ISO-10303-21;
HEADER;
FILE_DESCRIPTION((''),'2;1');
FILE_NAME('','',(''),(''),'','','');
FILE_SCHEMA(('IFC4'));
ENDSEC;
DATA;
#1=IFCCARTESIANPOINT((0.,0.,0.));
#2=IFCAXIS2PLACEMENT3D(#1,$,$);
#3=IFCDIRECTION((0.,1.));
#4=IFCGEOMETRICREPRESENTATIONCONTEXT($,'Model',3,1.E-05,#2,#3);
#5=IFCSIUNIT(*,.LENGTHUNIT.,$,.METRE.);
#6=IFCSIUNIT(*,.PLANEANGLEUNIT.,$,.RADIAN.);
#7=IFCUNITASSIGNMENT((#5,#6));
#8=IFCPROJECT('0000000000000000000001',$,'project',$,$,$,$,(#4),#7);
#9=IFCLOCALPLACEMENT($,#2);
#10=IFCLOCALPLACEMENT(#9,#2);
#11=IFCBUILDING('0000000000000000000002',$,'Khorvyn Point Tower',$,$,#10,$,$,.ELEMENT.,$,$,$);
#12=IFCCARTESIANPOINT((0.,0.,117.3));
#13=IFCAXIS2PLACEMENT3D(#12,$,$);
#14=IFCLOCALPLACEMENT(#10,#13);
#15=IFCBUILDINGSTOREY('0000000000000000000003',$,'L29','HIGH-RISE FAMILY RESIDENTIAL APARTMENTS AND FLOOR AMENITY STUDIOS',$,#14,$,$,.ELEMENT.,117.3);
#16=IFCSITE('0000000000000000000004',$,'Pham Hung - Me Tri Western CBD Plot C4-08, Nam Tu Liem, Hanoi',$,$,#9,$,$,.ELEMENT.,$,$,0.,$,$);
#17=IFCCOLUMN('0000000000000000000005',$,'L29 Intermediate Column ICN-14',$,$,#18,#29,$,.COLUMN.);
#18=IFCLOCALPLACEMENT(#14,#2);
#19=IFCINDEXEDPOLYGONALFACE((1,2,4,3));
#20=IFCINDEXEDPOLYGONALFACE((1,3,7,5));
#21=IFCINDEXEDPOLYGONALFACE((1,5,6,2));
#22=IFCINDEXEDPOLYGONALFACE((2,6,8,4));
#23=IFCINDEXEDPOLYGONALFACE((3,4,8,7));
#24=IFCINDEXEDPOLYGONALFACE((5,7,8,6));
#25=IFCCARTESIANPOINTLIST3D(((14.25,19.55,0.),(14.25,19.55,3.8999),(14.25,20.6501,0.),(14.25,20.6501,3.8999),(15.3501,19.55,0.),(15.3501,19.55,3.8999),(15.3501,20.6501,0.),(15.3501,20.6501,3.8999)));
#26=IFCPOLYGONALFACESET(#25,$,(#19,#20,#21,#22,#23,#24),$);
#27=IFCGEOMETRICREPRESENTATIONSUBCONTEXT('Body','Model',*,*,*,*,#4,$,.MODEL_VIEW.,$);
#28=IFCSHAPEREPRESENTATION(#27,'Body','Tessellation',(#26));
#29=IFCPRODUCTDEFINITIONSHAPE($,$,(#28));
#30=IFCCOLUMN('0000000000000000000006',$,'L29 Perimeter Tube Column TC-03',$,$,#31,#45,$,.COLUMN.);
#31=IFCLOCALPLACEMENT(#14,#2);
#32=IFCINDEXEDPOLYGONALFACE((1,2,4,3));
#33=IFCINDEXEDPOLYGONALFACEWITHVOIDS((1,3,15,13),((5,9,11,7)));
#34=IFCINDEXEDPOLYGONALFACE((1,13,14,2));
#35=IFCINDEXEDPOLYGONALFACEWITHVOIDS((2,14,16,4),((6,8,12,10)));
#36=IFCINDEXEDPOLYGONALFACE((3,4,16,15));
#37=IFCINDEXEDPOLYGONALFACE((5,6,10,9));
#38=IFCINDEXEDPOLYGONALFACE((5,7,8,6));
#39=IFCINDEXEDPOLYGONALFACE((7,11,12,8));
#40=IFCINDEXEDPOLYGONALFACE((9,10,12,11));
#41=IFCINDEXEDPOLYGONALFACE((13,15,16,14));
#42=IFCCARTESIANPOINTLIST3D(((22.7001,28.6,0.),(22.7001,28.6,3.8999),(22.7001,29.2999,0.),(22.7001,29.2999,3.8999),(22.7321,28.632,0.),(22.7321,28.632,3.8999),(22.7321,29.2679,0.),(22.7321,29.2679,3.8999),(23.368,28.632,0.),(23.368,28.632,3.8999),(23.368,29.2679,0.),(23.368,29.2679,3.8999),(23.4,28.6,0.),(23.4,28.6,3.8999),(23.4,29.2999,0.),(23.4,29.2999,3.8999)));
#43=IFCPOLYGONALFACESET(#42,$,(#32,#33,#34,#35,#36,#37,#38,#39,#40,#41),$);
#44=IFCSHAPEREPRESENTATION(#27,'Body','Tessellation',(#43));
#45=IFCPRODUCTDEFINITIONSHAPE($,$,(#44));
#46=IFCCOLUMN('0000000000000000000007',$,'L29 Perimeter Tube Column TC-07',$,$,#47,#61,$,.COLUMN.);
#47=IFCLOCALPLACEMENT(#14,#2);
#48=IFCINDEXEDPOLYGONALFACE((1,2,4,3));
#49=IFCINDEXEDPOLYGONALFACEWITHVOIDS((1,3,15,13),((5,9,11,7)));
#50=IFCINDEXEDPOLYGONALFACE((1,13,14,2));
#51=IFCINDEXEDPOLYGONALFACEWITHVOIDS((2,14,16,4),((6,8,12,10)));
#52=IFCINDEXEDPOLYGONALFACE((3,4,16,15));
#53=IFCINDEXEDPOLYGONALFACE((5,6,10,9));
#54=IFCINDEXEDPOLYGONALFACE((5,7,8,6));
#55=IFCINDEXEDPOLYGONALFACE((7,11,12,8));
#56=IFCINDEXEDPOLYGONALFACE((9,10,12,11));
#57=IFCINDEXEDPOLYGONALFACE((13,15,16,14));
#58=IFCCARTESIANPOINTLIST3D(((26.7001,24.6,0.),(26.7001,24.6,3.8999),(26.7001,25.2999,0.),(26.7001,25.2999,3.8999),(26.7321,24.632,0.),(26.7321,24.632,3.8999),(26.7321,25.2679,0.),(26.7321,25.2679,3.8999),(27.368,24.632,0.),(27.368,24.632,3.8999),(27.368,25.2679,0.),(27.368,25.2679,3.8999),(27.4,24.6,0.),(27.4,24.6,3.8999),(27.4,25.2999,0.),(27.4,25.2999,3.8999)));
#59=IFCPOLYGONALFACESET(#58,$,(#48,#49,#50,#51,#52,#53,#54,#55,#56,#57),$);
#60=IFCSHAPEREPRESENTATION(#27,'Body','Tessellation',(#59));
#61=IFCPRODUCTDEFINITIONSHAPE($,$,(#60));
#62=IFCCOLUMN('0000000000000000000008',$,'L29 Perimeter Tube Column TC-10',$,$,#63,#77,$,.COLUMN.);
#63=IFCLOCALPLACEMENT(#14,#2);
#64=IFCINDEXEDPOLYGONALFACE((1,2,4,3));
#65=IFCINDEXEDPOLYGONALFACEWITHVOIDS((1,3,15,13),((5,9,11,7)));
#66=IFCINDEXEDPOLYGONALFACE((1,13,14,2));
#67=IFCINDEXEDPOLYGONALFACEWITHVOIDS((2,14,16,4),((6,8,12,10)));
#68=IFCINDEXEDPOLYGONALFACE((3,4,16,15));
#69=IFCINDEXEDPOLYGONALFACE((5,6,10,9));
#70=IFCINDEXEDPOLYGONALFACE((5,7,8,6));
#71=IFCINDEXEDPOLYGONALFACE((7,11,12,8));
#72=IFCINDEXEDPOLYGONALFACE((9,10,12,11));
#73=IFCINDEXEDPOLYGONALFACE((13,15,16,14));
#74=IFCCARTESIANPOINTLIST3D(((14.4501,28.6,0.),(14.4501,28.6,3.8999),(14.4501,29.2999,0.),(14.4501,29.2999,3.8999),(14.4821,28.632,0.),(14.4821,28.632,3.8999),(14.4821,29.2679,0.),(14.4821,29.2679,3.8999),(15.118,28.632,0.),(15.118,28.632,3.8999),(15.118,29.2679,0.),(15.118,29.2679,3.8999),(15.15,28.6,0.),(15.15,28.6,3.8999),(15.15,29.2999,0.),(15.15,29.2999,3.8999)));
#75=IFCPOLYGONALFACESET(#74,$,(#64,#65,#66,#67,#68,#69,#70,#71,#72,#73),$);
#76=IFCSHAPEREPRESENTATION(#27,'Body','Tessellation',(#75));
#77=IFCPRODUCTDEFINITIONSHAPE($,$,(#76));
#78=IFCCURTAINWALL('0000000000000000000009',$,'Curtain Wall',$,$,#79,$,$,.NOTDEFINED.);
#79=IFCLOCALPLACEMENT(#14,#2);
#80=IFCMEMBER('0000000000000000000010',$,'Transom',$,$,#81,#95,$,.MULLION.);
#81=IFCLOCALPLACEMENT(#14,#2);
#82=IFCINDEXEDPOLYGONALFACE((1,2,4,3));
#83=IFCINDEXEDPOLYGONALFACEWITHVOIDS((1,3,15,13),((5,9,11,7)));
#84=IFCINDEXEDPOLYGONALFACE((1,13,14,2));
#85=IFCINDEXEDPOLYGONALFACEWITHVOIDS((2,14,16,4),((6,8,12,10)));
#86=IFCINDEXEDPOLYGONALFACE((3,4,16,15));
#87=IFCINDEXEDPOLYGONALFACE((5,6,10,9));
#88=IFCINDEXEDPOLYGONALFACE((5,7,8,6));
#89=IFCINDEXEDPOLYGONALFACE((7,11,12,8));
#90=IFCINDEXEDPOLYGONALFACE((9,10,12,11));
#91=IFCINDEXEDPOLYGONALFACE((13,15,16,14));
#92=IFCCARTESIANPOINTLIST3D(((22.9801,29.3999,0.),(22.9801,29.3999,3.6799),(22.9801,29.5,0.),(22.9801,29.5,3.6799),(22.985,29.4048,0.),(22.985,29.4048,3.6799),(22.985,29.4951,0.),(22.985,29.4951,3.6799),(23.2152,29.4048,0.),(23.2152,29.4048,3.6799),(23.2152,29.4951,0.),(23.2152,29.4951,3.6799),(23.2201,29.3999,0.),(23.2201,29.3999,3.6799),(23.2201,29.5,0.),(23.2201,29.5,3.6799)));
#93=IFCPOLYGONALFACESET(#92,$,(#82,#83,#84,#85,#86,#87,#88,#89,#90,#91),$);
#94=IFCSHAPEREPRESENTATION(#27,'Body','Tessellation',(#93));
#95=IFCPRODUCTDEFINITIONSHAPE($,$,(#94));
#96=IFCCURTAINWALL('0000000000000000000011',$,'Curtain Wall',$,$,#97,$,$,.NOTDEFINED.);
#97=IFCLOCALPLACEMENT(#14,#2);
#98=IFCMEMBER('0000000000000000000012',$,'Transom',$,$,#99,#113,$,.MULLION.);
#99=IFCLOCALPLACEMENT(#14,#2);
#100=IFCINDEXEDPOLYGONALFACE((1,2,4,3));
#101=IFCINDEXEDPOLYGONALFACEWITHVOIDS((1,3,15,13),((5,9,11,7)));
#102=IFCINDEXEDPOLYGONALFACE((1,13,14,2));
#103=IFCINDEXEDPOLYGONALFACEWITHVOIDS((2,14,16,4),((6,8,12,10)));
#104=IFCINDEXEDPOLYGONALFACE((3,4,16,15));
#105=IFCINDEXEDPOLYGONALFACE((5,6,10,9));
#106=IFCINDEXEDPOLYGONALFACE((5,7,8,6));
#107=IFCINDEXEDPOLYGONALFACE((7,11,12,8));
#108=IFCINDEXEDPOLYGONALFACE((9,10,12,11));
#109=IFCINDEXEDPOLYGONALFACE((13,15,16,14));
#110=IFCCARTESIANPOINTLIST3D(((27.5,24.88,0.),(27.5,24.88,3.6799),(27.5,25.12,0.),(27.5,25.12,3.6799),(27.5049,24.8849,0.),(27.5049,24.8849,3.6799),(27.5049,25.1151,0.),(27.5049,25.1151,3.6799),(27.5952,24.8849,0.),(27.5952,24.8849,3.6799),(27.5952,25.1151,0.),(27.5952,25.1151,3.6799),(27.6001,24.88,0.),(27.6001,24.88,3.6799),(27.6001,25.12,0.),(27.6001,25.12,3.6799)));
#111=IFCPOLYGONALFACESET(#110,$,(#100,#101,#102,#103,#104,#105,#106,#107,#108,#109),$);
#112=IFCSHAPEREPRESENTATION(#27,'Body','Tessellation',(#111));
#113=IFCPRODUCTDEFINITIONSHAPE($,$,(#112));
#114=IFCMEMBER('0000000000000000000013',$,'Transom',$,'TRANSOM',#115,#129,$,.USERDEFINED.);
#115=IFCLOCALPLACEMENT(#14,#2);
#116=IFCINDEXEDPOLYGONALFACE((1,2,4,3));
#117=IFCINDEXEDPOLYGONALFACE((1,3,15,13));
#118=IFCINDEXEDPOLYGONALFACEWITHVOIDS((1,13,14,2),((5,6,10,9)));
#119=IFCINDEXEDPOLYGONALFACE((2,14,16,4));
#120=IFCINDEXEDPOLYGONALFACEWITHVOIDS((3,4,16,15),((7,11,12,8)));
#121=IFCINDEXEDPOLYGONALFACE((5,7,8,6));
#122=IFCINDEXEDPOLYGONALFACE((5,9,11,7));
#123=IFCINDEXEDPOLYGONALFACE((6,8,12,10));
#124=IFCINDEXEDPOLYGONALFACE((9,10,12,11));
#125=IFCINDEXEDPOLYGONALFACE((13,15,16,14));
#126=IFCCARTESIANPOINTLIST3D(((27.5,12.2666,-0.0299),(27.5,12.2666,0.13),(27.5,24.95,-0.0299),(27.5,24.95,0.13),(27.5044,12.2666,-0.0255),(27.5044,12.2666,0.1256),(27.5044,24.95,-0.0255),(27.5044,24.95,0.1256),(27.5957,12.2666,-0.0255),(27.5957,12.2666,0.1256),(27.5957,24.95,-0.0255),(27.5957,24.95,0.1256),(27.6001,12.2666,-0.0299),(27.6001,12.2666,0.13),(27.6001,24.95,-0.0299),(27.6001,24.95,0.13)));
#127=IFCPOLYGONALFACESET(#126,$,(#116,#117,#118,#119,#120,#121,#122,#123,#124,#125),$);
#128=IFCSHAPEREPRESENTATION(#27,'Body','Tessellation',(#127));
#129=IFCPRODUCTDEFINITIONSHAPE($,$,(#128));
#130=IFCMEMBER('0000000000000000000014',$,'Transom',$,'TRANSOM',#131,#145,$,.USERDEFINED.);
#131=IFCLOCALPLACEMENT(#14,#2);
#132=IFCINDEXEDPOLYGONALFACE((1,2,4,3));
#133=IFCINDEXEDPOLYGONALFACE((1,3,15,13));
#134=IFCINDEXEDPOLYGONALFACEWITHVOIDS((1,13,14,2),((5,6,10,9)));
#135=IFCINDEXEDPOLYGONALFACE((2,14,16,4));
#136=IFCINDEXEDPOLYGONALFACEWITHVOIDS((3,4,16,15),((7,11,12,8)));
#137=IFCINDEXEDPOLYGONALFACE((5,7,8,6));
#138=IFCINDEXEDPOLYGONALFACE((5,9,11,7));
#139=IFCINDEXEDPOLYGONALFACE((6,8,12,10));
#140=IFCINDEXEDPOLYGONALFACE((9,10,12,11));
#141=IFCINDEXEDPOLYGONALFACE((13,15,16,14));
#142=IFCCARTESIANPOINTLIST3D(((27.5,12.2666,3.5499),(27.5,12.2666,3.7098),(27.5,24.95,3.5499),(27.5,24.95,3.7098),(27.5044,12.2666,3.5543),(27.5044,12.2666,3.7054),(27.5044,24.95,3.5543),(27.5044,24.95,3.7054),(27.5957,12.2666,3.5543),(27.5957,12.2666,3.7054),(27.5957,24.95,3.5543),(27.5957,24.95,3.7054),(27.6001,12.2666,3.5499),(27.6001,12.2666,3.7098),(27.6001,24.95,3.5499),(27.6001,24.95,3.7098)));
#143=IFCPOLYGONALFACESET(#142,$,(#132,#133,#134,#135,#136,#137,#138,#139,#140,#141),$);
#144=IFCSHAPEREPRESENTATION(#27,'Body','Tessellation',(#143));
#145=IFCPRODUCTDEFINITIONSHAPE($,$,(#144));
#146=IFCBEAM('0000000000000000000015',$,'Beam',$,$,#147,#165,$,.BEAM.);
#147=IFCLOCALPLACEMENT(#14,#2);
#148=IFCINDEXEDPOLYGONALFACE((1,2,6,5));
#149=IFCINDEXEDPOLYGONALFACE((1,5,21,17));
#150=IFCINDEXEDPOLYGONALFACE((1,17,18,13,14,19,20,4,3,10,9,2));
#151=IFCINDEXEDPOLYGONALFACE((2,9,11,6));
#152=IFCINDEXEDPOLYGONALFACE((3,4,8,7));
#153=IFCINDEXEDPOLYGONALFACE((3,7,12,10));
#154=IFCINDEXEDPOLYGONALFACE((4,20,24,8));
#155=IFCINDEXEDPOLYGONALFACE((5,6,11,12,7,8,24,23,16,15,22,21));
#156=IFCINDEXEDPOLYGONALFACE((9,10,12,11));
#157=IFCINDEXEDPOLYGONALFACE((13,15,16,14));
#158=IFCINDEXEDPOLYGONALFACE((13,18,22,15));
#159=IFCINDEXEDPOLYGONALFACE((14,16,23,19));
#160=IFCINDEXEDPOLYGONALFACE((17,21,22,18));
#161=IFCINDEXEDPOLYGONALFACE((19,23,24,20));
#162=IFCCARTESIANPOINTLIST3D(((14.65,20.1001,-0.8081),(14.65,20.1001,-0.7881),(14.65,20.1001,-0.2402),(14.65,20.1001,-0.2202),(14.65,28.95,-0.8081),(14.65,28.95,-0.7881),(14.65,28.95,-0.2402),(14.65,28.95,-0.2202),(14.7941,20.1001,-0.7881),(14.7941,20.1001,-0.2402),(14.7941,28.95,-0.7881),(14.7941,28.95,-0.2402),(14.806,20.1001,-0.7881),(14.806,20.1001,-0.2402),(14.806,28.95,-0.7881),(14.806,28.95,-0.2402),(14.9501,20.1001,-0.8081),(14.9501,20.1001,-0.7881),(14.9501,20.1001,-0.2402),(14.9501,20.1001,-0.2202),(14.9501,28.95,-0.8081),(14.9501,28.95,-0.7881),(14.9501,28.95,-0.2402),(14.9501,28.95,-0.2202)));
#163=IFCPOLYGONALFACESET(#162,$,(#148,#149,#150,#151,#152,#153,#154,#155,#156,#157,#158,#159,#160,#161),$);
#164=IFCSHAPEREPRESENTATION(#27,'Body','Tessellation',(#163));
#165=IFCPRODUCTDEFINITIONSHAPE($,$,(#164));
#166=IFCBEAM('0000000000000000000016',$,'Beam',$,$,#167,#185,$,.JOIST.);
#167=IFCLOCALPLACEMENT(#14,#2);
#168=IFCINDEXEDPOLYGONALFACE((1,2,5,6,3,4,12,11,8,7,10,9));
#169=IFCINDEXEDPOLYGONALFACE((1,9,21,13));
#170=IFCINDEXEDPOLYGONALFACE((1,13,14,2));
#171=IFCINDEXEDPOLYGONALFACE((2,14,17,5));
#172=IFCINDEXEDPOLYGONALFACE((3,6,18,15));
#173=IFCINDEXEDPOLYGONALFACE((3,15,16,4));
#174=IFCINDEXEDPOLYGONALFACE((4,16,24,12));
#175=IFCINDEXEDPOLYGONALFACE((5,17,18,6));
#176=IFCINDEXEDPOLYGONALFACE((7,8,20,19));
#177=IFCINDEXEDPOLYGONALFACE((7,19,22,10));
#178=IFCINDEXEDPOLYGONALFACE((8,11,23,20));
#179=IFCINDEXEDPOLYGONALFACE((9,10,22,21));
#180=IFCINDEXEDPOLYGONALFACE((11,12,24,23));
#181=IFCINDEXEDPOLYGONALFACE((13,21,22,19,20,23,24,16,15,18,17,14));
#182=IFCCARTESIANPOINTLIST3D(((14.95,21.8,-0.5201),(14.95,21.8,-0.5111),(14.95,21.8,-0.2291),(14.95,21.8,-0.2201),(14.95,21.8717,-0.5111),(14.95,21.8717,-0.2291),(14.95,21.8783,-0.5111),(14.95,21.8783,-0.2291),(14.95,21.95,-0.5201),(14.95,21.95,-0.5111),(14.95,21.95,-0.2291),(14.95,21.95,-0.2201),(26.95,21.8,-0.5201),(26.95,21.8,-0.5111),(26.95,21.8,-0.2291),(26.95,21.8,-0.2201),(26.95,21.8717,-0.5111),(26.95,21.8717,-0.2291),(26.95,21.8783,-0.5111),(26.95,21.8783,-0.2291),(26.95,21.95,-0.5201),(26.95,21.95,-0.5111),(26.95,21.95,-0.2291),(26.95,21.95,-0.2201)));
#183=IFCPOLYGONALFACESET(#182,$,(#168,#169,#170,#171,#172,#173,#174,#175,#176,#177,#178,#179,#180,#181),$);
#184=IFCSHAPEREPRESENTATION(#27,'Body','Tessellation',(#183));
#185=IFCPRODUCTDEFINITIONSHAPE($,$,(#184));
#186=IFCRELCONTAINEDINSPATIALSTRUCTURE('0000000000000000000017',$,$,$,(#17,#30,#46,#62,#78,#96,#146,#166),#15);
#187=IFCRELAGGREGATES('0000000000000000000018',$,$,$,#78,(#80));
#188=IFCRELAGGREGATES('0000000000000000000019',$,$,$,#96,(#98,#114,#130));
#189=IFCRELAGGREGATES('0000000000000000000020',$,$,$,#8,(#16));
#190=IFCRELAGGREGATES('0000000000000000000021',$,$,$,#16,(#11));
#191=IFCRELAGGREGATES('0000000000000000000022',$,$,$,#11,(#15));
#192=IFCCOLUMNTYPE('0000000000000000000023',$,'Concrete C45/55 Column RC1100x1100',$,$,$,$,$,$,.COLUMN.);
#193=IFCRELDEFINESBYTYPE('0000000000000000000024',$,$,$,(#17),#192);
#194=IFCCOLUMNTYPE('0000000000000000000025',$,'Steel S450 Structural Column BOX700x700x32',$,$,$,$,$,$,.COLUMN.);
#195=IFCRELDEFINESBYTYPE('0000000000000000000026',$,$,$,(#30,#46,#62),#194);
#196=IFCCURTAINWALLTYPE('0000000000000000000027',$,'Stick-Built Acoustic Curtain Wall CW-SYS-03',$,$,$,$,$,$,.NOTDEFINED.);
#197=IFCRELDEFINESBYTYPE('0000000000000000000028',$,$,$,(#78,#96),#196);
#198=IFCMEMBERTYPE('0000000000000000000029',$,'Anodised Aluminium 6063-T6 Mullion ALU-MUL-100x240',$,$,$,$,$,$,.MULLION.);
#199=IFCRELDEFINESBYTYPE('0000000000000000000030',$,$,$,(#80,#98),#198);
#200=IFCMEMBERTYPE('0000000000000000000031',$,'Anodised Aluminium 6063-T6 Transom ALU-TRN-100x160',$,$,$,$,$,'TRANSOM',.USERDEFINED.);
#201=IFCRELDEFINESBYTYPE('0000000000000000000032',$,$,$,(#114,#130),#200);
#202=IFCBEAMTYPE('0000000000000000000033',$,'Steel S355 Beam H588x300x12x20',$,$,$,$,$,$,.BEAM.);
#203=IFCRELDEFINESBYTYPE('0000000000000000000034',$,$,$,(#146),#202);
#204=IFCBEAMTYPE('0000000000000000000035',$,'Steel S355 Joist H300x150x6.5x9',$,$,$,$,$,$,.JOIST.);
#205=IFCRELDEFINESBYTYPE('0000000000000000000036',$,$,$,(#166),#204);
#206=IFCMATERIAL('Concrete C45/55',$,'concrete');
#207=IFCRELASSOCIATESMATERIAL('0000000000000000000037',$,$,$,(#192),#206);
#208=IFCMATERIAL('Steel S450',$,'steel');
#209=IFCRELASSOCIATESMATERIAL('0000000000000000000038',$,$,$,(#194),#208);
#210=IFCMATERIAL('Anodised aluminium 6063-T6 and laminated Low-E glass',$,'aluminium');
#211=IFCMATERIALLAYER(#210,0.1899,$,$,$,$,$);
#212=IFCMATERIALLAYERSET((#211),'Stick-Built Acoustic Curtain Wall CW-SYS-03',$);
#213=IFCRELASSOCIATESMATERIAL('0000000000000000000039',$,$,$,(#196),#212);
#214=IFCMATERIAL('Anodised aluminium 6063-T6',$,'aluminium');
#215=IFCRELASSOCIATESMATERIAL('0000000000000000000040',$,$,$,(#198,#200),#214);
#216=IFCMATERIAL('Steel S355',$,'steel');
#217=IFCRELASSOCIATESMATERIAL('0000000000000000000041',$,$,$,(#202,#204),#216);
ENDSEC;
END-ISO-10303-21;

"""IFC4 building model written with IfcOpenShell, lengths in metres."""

from ifc_helpers import new_model, si_unit, direction, frame, origin, origin_2d, place, context, subcontext, project, spatial, rectangle, hollow_rectangle, i_section, extrude, material, layer, layer_set, material_profile, profile_set, type_object, element, aggregate, save


model = new_model("IFC4")

# Units and contexts
model_context = context("Model", 3, precision=1e-05, world=origin(), true_north=direction((0.0, 1.0)))
body_context = subcontext(model_context, "Body", "Model", "MODEL_VIEW")
ifc_project = project(units=[si_unit("LENGTHUNIT", "METRE"), si_unit("PLANEANGLEUNIT", "RADIAN")], contexts=[model_context])

# Site, building, storey
site_placement = place(None, origin())
site = spatial("IfcSite", under=ifc_project, at=site_placement, Name="Pham Hung - Me Tri Western CBD Plot C4-08, Nam Tu Liem, Hanoi", CompositionType="ELEMENT", RefElevation=0.0)
building_placement = place(site_placement, origin())
building = spatial("IfcBuilding", under=site, at=building_placement, Name="Khorvyn Point Tower", CompositionType="ELEMENT")
storey_placement = place(building_placement, frame((0.0, 0.0, 117.3)))
storey = spatial("IfcBuildingStorey", under=building, at=storey_placement, Name="L29", Description="HIGH-RISE FAMILY RESIDENTIAL APARTMENTS AND FLOOR AMENITY STUDIOS", CompositionType="ELEMENT", Elevation=117.3)

# Columns
ifc_material_1 = material(Name="Concrete C45/55", Category="concrete")
ifc_material_profile_1 = material_profile(ifc_material_1, rectangle(XDim=1.1001, YDim=1.1001, at=origin_2d()))
ifc_profile_set_1 = profile_set([ifc_material_profile_1], Name="Concrete C45/55 RC1100x1100")
column_type_1 = type_object("IfcColumnType", Name="Concrete C45/55 Column RC1100x1100", PredefinedType="COLUMN", material=ifc_profile_set_1)
column_placement = place(storey_placement, frame((14.8, 20.1001, 0.0), z_axis=(0.0, 0.0, 1.0), x_axis=(1.0, 0.0, 0.0)))
element("IfcColumn", 1, at=column_placement, inside=storey, type_object=column_type_1, Name="L29 Intermediate Column ICN-14", PredefinedType="COLUMN", context=body_context, shape_type="SweptSolid", body=[
    extrude(rectangle(XDim=1.1001, YDim=1.1001, at=origin_2d()), origin(), (0.0, 0.0, 1.0), 3.8999),
])
ifc_material_2 = material(Name="Steel S450", Category="steel")
ifc_material_profile_2 = material_profile(ifc_material_2, hollow_rectangle(XDim=0.7, YDim=0.7, WallThickness=0.032, at=origin_2d()))
ifc_profile_set_2 = profile_set([ifc_material_profile_2], Name="Steel S450 BOX700x700x32")
column_type_2 = type_object("IfcColumnType", Name="Steel S450 Structural Column BOX700x700x32", PredefinedType="COLUMN", material=ifc_profile_set_2)
for number, where, z_axis, x_axis, name in (
    (2, (23.05, 28.95, 0.0), (0.0, 0.0, 1.0), (1.0, 0.0, 0.0), "L29 Perimeter Tube Column TC-03"),
    (3, (27.05, 24.95, 0.0), (0.0, 0.0, 1.0), (1.0, 0.0, 0.0), "L29 Perimeter Tube Column TC-07"),
    (4, (14.8, 28.95, 0.0), (0.0, 0.0, 1.0), (1.0, 0.0, 0.0), "L29 Perimeter Tube Column TC-10"),
):
    element("IfcColumn", number, at=place(storey_placement, frame(where, z_axis=z_axis, x_axis=x_axis)), inside=storey, type_object=column_type_2, Name=name, PredefinedType="COLUMN", context=body_context, shape_type="SweptSolid", body=[
        extrude(hollow_rectangle(XDim=0.7, YDim=0.7, WallThickness=0.032, at=origin_2d()), origin(), (0.0, 0.0, 1.0), 3.8999),
    ])

# Curtain wall, member
ifc_material_3 = material(Name="Anodised aluminium 6063-T6 and laminated Low-E glass", Category="aluminium")
ifc_layer_1 = layer(ifc_material_3, 0.1899)
ifc_layer_set_1 = layer_set([ifc_layer_1], Name="Stick-Built Acoustic Curtain Wall CW-SYS-03")
curtain_wall_type = type_object("IfcCurtainWallType", Name="Stick-Built Acoustic Curtain Wall CW-SYS-03", PredefinedType="NOTDEFINED", material=ifc_layer_set_1)
curtain_wall_1_placement = place(storey_placement, origin())
curtain_wall_1 = element("IfcCurtainWall", 5, at=curtain_wall_1_placement, inside=storey, type_object=curtain_wall_type, Name="Curtain Wall", PredefinedType="NOTDEFINED")
ifc_material_4 = material(Name="Anodised aluminium 6063-T6", Category="aluminium")
ifc_material_profile_3 = material_profile(ifc_material_4, hollow_rectangle(XDim=0.1001, YDim=0.24, WallThickness=0.0049, at=origin_2d()))
ifc_profile_set_3 = profile_set([ifc_material_profile_3], Name="Anodised aluminium 6063-T6 ALU-MUL-100x240")
member_type_1 = type_object("IfcMemberType", Name="Anodised Aluminium 6063-T6 Mullion ALU-MUL-100x240", PredefinedType="MULLION", material=ifc_profile_set_3)
member_1_placement = place(storey_placement, frame((23.1001, 29.45, 0.0), z_axis=(0.0, 0.0, 1.0), x_axis=(0.0, 1.0, 0.0)))
member_1 = element("IfcMember", 6, at=member_1_placement, type_object=member_type_1, Name="Transom", PredefinedType="MULLION", context=body_context, shape_type="SweptSolid", body=[
    extrude(hollow_rectangle(XDim=0.1001, YDim=0.24, WallThickness=0.0049, at=origin_2d()), origin(), (0.0, 0.0, 1.0), 3.6799),
])

# Curtain wall, members
curtain_wall_2_placement = place(storey_placement, origin())
curtain_wall_2 = element("IfcCurtainWall", 7, at=curtain_wall_2_placement, inside=storey, type_object=curtain_wall_type, Name="Curtain Wall", PredefinedType="NOTDEFINED")
member_2_placement = place(storey_placement, frame((27.55, 25.0, 0.0), z_axis=(0.0, 0.0, 1.0), x_axis=(1.0, 0.0, 0.0)))
member_2 = element("IfcMember", 8, at=member_2_placement, type_object=member_type_1, Name="Transom", PredefinedType="MULLION", context=body_context, shape_type="SweptSolid", body=[
    extrude(hollow_rectangle(XDim=0.1001, YDim=0.24, WallThickness=0.0049, at=origin_2d()), origin(), (0.0, 0.0, 1.0), 3.6799),
])
ifc_material_profile_4 = material_profile(ifc_material_4, hollow_rectangle(XDim=0.1001, YDim=0.1599, WallThickness=0.0044, at=origin_2d()))
ifc_profile_set_4 = profile_set([ifc_material_profile_4], Name="Anodised aluminium 6063-T6 ALU-TRN-100x160")
member_type_2 = type_object("IfcMemberType", Name="Anodised Aluminium 6063-T6 Transom ALU-TRN-100x160", ElementType="TRANSOM", PredefinedType="USERDEFINED", material=ifc_profile_set_4)
member_3_placement = place(storey_placement, frame((27.55, 24.95, 0.05), z_axis=(0.0, -1.0, 0.0), x_axis=(1.0, 0.0, 0.0)))
member_3 = element("IfcMember", 9, at=member_3_placement, type_object=member_type_2, Name="Transom", ObjectType="TRANSOM", PredefinedType="USERDEFINED", context=body_context, shape_type="SweptSolid", body=[
    extrude(hollow_rectangle(XDim=0.1001, YDim=0.1599, WallThickness=0.0044, at=origin_2d()), origin(), (0.0, 0.0, 1.0), 12.6833),
])
member_4_placement = place(storey_placement, frame((27.55, 24.95, 3.6299), z_axis=(0.0, -1.0, 0.0), x_axis=(1.0, 0.0, 0.0)))
member_4 = element("IfcMember", 10, at=member_4_placement, type_object=member_type_2, Name="Transom", ObjectType="TRANSOM", PredefinedType="USERDEFINED", context=body_context, shape_type="SweptSolid", body=[
    extrude(hollow_rectangle(XDim=0.1001, YDim=0.1599, WallThickness=0.0044, at=origin_2d()), origin(), (0.0, 0.0, 1.0), 12.6833),
])

# Beams
ifc_material_5 = material(Name="Steel S355", Category="steel")
ifc_material_profile_5 = material_profile(ifc_material_5, i_section(OverallWidth=0.3, OverallDepth=0.5879, WebThickness=0.012, FlangeThickness=0.02, at=origin_2d()))
ifc_profile_set_5 = profile_set([ifc_material_profile_5], Name="Steel S355 H588x300x12x20")
beam_type_1 = type_object("IfcBeamType", Name="Steel S355 Beam H588x300x12x20", PredefinedType="BEAM", material=ifc_profile_set_5)
beam_1_placement = place(storey_placement, frame((14.8, 20.1001, -0.5142), z_axis=(0.0, 1.0, 0.0), x_axis=(-1.0, 0.0, 0.0)))
element("IfcBeam", 11, at=beam_1_placement, inside=storey, type_object=beam_type_1, Name="Beam", PredefinedType="BEAM", context=body_context, shape_type="SweptSolid", body=[
    extrude(i_section(OverallWidth=0.3, OverallDepth=0.5879, WebThickness=0.012, FlangeThickness=0.02, at=origin_2d()), origin(), (0.0, 0.0, 1.0), 8.8499),
])
ifc_material_profile_6 = material_profile(ifc_material_5, i_section(OverallWidth=0.1499, OverallDepth=0.3, WebThickness=0.0066, FlangeThickness=0.009, at=origin_2d()))
ifc_profile_set_6 = profile_set([ifc_material_profile_6], Name="Steel S355 H300x150x6.5x9")
beam_type_2 = type_object("IfcBeamType", Name="Steel S355 Joist H300x150x6.5x9", PredefinedType="JOIST", material=ifc_profile_set_6)
beam_2_placement = place(storey_placement, frame((14.95, 21.875, -0.3701), z_axis=(1.0, 0.0, 0.0), x_axis=(0.0, 1.0, 0.0)))
element("IfcBeam", 12, at=beam_2_placement, inside=storey, type_object=beam_type_2, Name="Beam", PredefinedType="JOIST", context=body_context, shape_type="SweptSolid", body=[
    extrude(i_section(OverallWidth=0.1499, OverallDepth=0.3, WebThickness=0.0066, FlangeThickness=0.009, at=origin_2d()), origin(), (0.0, 0.0, 1.0), 12.0),
])

aggregate(curtain_wall_1, [member_1])
aggregate(curtain_wall_2, [member_2, member_3, member_4])

save(model, "model.ifc")
